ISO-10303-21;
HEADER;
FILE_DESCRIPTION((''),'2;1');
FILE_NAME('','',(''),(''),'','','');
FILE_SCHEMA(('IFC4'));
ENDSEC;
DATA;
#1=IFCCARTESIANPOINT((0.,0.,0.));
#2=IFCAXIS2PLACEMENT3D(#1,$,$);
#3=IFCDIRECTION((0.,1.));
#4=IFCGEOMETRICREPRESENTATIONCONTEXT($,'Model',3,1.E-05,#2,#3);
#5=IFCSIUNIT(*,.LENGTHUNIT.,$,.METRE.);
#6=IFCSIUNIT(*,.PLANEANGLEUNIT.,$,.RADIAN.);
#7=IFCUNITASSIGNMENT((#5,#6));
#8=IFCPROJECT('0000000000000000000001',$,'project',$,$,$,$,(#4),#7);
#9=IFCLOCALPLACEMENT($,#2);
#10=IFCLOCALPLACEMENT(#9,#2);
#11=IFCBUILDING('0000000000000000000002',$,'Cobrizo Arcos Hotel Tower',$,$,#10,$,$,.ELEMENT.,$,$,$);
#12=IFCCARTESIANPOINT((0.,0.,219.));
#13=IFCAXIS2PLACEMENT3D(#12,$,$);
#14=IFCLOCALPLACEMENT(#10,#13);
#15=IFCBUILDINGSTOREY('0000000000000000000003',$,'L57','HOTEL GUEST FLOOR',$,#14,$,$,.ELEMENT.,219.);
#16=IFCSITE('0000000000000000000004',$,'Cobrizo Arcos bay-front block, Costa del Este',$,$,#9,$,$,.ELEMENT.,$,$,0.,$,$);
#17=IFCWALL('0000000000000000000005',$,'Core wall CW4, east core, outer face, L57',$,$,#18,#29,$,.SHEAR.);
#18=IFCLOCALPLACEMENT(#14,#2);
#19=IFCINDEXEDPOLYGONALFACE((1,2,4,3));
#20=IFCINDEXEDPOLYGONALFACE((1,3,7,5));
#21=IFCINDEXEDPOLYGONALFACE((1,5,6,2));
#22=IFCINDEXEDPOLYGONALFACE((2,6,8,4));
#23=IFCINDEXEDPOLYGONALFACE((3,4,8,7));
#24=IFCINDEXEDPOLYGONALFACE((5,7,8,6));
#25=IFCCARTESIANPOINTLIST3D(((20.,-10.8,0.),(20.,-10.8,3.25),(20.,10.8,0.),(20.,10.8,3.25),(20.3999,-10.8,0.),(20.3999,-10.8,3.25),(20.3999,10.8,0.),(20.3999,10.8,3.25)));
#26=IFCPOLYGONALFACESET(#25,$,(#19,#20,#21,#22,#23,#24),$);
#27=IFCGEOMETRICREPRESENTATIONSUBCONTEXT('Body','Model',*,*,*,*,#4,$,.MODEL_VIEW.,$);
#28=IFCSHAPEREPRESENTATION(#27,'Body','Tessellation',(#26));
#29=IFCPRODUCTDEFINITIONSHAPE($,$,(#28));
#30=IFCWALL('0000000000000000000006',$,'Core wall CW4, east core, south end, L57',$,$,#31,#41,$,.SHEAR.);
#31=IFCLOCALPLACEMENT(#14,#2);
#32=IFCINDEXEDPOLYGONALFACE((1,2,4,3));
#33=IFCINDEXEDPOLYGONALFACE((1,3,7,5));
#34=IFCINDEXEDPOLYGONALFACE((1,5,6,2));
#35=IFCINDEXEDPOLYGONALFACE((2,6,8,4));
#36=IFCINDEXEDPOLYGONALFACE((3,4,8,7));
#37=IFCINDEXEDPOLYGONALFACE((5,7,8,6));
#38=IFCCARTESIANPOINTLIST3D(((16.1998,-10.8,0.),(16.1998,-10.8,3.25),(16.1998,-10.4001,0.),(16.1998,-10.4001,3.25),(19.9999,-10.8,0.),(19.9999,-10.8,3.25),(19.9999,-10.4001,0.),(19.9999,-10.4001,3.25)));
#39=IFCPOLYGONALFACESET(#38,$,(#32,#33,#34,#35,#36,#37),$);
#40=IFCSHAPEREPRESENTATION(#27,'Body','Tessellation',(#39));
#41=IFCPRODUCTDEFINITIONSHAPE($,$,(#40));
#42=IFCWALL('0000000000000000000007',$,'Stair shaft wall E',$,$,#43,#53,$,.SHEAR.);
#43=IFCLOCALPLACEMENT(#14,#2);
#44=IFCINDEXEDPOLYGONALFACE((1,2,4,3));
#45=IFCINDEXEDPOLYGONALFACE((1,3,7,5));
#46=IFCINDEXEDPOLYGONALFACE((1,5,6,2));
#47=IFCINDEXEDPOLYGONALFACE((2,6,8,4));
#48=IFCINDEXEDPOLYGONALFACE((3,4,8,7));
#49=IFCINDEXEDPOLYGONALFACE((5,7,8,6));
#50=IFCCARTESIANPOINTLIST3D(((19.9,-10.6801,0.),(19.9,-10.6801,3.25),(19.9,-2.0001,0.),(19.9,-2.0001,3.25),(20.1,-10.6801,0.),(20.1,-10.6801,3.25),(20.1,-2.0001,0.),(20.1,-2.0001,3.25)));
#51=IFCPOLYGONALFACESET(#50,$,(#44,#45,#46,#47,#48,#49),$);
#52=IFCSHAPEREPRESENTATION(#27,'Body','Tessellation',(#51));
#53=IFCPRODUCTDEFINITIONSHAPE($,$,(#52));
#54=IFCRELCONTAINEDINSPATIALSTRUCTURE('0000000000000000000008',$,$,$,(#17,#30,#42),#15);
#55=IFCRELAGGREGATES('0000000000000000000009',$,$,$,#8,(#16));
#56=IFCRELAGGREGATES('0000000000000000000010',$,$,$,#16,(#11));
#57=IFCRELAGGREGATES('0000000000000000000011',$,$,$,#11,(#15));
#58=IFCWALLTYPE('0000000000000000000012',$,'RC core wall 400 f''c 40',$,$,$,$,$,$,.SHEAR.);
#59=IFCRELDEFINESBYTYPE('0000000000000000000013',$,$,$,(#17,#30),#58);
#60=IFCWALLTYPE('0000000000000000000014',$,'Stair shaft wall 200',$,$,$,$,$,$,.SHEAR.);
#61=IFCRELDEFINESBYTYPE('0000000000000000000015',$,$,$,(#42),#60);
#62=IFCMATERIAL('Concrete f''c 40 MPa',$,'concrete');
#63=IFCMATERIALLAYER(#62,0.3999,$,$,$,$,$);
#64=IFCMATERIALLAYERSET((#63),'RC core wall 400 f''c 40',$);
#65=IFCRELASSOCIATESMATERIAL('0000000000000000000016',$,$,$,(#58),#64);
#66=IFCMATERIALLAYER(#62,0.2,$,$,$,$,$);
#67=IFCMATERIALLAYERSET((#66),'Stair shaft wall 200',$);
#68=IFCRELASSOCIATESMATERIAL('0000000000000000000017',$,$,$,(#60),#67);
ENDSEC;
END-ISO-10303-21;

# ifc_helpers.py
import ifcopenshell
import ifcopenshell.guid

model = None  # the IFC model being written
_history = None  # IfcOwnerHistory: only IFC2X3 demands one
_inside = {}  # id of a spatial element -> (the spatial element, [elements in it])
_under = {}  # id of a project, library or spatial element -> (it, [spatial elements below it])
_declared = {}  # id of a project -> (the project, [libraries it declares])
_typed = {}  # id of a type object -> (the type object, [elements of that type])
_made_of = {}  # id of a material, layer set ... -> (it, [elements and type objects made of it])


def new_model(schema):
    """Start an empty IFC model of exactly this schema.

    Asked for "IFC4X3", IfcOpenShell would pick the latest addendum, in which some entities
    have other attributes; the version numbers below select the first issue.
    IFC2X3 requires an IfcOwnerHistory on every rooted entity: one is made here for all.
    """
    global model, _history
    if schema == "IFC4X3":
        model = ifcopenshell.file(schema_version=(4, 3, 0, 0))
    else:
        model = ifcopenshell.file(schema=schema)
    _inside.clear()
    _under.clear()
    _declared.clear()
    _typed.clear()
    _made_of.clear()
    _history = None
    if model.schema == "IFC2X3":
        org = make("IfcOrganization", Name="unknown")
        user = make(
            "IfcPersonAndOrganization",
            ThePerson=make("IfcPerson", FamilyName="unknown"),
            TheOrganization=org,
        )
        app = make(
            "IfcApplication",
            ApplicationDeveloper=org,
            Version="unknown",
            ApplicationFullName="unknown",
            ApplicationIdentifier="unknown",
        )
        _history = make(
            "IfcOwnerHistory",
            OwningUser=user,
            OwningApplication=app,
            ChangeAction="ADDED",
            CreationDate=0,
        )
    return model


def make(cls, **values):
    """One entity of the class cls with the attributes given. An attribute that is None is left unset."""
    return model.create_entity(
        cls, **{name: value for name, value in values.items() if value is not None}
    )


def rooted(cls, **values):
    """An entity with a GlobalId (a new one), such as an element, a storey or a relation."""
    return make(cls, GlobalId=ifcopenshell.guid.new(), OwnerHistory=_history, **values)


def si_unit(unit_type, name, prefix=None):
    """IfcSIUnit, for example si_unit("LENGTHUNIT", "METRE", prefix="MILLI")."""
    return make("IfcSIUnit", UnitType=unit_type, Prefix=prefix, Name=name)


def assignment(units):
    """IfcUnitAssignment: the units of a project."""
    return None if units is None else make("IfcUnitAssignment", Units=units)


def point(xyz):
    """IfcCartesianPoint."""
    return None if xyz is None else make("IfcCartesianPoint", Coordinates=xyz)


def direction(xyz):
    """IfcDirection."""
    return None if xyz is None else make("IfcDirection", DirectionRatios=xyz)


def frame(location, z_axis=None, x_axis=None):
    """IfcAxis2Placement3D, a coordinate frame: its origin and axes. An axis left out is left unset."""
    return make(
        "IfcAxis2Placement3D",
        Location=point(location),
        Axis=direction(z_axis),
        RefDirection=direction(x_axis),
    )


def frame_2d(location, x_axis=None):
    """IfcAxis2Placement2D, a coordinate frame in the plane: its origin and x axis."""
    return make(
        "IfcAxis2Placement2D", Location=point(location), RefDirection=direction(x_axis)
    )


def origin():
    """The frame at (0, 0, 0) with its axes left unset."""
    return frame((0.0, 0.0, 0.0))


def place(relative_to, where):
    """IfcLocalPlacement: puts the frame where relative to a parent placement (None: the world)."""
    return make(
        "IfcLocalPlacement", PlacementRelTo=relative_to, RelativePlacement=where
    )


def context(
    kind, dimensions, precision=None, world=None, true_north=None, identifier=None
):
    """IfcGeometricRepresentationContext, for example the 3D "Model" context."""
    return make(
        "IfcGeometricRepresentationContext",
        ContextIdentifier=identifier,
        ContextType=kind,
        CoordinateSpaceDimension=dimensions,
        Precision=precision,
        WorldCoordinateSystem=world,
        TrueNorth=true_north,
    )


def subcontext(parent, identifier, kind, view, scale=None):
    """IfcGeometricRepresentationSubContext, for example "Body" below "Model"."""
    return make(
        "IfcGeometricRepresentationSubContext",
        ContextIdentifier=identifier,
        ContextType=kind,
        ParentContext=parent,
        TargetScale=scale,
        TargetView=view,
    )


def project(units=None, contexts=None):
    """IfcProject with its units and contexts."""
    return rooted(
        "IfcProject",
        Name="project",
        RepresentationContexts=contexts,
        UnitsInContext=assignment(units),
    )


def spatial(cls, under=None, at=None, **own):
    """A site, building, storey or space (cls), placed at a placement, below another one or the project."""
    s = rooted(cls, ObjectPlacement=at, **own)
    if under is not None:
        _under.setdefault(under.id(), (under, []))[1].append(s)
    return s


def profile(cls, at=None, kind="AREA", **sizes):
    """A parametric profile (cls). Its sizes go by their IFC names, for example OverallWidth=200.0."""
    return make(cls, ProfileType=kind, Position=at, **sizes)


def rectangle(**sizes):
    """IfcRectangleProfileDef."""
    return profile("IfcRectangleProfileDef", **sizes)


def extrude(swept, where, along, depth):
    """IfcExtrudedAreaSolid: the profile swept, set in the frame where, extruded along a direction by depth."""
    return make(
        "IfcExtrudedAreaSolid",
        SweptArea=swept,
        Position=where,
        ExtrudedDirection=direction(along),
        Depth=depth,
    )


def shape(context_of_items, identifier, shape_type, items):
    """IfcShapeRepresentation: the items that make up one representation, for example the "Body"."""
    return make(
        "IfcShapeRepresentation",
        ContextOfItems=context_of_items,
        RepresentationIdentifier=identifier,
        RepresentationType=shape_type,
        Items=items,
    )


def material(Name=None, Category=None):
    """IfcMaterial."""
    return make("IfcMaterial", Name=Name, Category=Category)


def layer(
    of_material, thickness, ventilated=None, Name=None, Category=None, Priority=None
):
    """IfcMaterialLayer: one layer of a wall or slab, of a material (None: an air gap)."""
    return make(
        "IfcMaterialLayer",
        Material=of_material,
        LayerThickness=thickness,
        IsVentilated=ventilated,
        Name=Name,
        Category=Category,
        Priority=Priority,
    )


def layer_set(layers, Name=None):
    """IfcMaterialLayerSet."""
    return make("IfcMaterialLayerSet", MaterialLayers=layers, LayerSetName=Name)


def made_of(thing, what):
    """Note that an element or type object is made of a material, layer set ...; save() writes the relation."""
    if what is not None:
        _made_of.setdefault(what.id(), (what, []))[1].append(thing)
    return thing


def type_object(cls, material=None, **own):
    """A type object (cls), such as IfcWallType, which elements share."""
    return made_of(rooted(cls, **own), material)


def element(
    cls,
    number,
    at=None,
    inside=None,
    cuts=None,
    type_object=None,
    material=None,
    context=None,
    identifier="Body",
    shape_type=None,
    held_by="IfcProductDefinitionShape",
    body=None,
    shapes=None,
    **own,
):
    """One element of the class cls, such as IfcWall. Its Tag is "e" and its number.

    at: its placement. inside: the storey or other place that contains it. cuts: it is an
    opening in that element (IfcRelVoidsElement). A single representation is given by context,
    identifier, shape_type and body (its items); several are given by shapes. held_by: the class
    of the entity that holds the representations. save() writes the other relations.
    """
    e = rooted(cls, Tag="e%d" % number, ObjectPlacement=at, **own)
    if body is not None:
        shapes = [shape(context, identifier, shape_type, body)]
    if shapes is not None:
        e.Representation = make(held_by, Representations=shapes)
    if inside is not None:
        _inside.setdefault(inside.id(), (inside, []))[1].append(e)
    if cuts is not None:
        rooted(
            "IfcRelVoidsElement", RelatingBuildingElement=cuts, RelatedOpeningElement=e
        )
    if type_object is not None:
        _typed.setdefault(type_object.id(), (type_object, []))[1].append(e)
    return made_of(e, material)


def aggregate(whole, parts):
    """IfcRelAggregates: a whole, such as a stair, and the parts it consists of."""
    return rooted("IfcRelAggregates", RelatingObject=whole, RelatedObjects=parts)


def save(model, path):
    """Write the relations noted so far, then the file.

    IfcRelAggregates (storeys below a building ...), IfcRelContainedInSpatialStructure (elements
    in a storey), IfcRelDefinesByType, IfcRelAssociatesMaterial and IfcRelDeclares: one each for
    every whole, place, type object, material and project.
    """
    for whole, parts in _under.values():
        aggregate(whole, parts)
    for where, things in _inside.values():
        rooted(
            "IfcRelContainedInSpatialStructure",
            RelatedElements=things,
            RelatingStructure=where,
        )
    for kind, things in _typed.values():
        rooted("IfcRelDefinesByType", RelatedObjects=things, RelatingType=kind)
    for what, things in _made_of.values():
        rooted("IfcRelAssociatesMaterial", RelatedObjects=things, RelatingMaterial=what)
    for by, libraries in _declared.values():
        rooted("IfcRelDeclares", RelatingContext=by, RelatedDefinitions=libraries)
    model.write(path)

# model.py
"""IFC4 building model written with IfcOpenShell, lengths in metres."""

from ifc_helpers import new_model, si_unit, direction, frame, frame_2d, origin, place, context, subcontext, project, spatial, rectangle, extrude, material, layer, layer_set, type_object, element, save


model = new_model("IFC4")

# Units and contexts
model_context = context("Model", 3, precision=1e-05, world=origin(), true_north=direction((0.0, 1.0)))
body_context = subcontext(model_context, "Body", "Model", "MODEL_VIEW")
ifc_project = project(units=[si_unit("LENGTHUNIT", "METRE"), si_unit("PLANEANGLEUNIT", "RADIAN")], contexts=[model_context])

# Site, building, storey
site_placement = place(None, origin())
site = spatial("IfcSite", under=ifc_project, at=site_placement, Name="Cobrizo Arcos bay-front block, Costa del Este", CompositionType="ELEMENT", RefElevation=0.0)
building_placement = place(site_placement, origin())
building = spatial("IfcBuilding", under=site, at=building_placement, Name="Cobrizo Arcos Hotel Tower", CompositionType="ELEMENT")
storey_placement = place(building_placement, frame((0.0, 0.0, 219.0)))
storey = spatial("IfcBuildingStorey", under=building, at=storey_placement, Name="L57", Description="HOTEL GUEST FLOOR", CompositionType="ELEMENT", Elevation=219.0)

# Shared definitions
ifc_material_1 = material(Name="Concrete f'c 40 MPa", Category="concrete")
ifc_layer_1 = layer(ifc_material_1, 0.3999)
ifc_layer_set_1 = layer_set([ifc_layer_1], Name="RC core wall 400 f'c 40")
wall_type_1 = type_object("IfcWallType", Name="RC core wall 400 f'c 40", PredefinedType="SHEAR", material=ifc_layer_set_1)

# Walls
wall_1_placement = place(storey_placement, frame((20.2, -10.8, 0.0), z_axis=(0.0, 0.0, 1.0), x_axis=(0.0, 1.0, 0.0)))
element("IfcWall", 1, at=wall_1_placement, inside=storey, type_object=wall_type_1, Name="Core wall CW4, east core, outer face, L57", PredefinedType="SHEAR", context=body_context, shape_type="SweptSolid", body=[
    extrude(rectangle(XDim=21.6001, YDim=0.3999, at=frame_2d((10.8, 0.0))), origin(), (0.0, 0.0, 1.0), 3.25),
])
wall_2_placement = place(storey_placement, frame((16.2, -10.6001, 0.0), z_axis=(0.0, 0.0, 1.0), x_axis=(1.0, 0.0, 0.0)))
element("IfcWall", 2, at=wall_2_placement, inside=storey, type_object=wall_type_1, Name="Core wall CW4, east core, south end, L57", PredefinedType="SHEAR", context=body_context, shape_type="SweptSolid", body=[
    extrude(rectangle(XDim=3.8, YDim=0.3999, at=frame_2d((1.8999, 0.0))), origin(), (0.0, 0.0, 1.0), 3.25),
])
ifc_layer_2 = layer(ifc_material_1, 0.2)
ifc_layer_set_2 = layer_set([ifc_layer_2], Name="Stair shaft wall 200")
wall_type_2 = type_object("IfcWallType", Name="Stair shaft wall 200", PredefinedType="SHEAR", material=ifc_layer_set_2)
wall_3_placement = place(storey_placement, frame((20.0, -10.6799, 0.0), z_axis=(0.0, 0.0, 1.0), x_axis=(0.0, 1.0, 0.0)))
element("IfcWall", 3, at=wall_3_placement, inside=storey, type_object=wall_type_2, Name="Stair shaft wall E", PredefinedType="SHEAR", context=body_context, shape_type="SweptSolid", body=[
    extrude(rectangle(XDim=8.6799, YDim=0.2, at=frame_2d((4.3398, 0.0))), origin(), (0.0, 0.0, 1.0), 3.25),
])

save(model, "model.ifc")
